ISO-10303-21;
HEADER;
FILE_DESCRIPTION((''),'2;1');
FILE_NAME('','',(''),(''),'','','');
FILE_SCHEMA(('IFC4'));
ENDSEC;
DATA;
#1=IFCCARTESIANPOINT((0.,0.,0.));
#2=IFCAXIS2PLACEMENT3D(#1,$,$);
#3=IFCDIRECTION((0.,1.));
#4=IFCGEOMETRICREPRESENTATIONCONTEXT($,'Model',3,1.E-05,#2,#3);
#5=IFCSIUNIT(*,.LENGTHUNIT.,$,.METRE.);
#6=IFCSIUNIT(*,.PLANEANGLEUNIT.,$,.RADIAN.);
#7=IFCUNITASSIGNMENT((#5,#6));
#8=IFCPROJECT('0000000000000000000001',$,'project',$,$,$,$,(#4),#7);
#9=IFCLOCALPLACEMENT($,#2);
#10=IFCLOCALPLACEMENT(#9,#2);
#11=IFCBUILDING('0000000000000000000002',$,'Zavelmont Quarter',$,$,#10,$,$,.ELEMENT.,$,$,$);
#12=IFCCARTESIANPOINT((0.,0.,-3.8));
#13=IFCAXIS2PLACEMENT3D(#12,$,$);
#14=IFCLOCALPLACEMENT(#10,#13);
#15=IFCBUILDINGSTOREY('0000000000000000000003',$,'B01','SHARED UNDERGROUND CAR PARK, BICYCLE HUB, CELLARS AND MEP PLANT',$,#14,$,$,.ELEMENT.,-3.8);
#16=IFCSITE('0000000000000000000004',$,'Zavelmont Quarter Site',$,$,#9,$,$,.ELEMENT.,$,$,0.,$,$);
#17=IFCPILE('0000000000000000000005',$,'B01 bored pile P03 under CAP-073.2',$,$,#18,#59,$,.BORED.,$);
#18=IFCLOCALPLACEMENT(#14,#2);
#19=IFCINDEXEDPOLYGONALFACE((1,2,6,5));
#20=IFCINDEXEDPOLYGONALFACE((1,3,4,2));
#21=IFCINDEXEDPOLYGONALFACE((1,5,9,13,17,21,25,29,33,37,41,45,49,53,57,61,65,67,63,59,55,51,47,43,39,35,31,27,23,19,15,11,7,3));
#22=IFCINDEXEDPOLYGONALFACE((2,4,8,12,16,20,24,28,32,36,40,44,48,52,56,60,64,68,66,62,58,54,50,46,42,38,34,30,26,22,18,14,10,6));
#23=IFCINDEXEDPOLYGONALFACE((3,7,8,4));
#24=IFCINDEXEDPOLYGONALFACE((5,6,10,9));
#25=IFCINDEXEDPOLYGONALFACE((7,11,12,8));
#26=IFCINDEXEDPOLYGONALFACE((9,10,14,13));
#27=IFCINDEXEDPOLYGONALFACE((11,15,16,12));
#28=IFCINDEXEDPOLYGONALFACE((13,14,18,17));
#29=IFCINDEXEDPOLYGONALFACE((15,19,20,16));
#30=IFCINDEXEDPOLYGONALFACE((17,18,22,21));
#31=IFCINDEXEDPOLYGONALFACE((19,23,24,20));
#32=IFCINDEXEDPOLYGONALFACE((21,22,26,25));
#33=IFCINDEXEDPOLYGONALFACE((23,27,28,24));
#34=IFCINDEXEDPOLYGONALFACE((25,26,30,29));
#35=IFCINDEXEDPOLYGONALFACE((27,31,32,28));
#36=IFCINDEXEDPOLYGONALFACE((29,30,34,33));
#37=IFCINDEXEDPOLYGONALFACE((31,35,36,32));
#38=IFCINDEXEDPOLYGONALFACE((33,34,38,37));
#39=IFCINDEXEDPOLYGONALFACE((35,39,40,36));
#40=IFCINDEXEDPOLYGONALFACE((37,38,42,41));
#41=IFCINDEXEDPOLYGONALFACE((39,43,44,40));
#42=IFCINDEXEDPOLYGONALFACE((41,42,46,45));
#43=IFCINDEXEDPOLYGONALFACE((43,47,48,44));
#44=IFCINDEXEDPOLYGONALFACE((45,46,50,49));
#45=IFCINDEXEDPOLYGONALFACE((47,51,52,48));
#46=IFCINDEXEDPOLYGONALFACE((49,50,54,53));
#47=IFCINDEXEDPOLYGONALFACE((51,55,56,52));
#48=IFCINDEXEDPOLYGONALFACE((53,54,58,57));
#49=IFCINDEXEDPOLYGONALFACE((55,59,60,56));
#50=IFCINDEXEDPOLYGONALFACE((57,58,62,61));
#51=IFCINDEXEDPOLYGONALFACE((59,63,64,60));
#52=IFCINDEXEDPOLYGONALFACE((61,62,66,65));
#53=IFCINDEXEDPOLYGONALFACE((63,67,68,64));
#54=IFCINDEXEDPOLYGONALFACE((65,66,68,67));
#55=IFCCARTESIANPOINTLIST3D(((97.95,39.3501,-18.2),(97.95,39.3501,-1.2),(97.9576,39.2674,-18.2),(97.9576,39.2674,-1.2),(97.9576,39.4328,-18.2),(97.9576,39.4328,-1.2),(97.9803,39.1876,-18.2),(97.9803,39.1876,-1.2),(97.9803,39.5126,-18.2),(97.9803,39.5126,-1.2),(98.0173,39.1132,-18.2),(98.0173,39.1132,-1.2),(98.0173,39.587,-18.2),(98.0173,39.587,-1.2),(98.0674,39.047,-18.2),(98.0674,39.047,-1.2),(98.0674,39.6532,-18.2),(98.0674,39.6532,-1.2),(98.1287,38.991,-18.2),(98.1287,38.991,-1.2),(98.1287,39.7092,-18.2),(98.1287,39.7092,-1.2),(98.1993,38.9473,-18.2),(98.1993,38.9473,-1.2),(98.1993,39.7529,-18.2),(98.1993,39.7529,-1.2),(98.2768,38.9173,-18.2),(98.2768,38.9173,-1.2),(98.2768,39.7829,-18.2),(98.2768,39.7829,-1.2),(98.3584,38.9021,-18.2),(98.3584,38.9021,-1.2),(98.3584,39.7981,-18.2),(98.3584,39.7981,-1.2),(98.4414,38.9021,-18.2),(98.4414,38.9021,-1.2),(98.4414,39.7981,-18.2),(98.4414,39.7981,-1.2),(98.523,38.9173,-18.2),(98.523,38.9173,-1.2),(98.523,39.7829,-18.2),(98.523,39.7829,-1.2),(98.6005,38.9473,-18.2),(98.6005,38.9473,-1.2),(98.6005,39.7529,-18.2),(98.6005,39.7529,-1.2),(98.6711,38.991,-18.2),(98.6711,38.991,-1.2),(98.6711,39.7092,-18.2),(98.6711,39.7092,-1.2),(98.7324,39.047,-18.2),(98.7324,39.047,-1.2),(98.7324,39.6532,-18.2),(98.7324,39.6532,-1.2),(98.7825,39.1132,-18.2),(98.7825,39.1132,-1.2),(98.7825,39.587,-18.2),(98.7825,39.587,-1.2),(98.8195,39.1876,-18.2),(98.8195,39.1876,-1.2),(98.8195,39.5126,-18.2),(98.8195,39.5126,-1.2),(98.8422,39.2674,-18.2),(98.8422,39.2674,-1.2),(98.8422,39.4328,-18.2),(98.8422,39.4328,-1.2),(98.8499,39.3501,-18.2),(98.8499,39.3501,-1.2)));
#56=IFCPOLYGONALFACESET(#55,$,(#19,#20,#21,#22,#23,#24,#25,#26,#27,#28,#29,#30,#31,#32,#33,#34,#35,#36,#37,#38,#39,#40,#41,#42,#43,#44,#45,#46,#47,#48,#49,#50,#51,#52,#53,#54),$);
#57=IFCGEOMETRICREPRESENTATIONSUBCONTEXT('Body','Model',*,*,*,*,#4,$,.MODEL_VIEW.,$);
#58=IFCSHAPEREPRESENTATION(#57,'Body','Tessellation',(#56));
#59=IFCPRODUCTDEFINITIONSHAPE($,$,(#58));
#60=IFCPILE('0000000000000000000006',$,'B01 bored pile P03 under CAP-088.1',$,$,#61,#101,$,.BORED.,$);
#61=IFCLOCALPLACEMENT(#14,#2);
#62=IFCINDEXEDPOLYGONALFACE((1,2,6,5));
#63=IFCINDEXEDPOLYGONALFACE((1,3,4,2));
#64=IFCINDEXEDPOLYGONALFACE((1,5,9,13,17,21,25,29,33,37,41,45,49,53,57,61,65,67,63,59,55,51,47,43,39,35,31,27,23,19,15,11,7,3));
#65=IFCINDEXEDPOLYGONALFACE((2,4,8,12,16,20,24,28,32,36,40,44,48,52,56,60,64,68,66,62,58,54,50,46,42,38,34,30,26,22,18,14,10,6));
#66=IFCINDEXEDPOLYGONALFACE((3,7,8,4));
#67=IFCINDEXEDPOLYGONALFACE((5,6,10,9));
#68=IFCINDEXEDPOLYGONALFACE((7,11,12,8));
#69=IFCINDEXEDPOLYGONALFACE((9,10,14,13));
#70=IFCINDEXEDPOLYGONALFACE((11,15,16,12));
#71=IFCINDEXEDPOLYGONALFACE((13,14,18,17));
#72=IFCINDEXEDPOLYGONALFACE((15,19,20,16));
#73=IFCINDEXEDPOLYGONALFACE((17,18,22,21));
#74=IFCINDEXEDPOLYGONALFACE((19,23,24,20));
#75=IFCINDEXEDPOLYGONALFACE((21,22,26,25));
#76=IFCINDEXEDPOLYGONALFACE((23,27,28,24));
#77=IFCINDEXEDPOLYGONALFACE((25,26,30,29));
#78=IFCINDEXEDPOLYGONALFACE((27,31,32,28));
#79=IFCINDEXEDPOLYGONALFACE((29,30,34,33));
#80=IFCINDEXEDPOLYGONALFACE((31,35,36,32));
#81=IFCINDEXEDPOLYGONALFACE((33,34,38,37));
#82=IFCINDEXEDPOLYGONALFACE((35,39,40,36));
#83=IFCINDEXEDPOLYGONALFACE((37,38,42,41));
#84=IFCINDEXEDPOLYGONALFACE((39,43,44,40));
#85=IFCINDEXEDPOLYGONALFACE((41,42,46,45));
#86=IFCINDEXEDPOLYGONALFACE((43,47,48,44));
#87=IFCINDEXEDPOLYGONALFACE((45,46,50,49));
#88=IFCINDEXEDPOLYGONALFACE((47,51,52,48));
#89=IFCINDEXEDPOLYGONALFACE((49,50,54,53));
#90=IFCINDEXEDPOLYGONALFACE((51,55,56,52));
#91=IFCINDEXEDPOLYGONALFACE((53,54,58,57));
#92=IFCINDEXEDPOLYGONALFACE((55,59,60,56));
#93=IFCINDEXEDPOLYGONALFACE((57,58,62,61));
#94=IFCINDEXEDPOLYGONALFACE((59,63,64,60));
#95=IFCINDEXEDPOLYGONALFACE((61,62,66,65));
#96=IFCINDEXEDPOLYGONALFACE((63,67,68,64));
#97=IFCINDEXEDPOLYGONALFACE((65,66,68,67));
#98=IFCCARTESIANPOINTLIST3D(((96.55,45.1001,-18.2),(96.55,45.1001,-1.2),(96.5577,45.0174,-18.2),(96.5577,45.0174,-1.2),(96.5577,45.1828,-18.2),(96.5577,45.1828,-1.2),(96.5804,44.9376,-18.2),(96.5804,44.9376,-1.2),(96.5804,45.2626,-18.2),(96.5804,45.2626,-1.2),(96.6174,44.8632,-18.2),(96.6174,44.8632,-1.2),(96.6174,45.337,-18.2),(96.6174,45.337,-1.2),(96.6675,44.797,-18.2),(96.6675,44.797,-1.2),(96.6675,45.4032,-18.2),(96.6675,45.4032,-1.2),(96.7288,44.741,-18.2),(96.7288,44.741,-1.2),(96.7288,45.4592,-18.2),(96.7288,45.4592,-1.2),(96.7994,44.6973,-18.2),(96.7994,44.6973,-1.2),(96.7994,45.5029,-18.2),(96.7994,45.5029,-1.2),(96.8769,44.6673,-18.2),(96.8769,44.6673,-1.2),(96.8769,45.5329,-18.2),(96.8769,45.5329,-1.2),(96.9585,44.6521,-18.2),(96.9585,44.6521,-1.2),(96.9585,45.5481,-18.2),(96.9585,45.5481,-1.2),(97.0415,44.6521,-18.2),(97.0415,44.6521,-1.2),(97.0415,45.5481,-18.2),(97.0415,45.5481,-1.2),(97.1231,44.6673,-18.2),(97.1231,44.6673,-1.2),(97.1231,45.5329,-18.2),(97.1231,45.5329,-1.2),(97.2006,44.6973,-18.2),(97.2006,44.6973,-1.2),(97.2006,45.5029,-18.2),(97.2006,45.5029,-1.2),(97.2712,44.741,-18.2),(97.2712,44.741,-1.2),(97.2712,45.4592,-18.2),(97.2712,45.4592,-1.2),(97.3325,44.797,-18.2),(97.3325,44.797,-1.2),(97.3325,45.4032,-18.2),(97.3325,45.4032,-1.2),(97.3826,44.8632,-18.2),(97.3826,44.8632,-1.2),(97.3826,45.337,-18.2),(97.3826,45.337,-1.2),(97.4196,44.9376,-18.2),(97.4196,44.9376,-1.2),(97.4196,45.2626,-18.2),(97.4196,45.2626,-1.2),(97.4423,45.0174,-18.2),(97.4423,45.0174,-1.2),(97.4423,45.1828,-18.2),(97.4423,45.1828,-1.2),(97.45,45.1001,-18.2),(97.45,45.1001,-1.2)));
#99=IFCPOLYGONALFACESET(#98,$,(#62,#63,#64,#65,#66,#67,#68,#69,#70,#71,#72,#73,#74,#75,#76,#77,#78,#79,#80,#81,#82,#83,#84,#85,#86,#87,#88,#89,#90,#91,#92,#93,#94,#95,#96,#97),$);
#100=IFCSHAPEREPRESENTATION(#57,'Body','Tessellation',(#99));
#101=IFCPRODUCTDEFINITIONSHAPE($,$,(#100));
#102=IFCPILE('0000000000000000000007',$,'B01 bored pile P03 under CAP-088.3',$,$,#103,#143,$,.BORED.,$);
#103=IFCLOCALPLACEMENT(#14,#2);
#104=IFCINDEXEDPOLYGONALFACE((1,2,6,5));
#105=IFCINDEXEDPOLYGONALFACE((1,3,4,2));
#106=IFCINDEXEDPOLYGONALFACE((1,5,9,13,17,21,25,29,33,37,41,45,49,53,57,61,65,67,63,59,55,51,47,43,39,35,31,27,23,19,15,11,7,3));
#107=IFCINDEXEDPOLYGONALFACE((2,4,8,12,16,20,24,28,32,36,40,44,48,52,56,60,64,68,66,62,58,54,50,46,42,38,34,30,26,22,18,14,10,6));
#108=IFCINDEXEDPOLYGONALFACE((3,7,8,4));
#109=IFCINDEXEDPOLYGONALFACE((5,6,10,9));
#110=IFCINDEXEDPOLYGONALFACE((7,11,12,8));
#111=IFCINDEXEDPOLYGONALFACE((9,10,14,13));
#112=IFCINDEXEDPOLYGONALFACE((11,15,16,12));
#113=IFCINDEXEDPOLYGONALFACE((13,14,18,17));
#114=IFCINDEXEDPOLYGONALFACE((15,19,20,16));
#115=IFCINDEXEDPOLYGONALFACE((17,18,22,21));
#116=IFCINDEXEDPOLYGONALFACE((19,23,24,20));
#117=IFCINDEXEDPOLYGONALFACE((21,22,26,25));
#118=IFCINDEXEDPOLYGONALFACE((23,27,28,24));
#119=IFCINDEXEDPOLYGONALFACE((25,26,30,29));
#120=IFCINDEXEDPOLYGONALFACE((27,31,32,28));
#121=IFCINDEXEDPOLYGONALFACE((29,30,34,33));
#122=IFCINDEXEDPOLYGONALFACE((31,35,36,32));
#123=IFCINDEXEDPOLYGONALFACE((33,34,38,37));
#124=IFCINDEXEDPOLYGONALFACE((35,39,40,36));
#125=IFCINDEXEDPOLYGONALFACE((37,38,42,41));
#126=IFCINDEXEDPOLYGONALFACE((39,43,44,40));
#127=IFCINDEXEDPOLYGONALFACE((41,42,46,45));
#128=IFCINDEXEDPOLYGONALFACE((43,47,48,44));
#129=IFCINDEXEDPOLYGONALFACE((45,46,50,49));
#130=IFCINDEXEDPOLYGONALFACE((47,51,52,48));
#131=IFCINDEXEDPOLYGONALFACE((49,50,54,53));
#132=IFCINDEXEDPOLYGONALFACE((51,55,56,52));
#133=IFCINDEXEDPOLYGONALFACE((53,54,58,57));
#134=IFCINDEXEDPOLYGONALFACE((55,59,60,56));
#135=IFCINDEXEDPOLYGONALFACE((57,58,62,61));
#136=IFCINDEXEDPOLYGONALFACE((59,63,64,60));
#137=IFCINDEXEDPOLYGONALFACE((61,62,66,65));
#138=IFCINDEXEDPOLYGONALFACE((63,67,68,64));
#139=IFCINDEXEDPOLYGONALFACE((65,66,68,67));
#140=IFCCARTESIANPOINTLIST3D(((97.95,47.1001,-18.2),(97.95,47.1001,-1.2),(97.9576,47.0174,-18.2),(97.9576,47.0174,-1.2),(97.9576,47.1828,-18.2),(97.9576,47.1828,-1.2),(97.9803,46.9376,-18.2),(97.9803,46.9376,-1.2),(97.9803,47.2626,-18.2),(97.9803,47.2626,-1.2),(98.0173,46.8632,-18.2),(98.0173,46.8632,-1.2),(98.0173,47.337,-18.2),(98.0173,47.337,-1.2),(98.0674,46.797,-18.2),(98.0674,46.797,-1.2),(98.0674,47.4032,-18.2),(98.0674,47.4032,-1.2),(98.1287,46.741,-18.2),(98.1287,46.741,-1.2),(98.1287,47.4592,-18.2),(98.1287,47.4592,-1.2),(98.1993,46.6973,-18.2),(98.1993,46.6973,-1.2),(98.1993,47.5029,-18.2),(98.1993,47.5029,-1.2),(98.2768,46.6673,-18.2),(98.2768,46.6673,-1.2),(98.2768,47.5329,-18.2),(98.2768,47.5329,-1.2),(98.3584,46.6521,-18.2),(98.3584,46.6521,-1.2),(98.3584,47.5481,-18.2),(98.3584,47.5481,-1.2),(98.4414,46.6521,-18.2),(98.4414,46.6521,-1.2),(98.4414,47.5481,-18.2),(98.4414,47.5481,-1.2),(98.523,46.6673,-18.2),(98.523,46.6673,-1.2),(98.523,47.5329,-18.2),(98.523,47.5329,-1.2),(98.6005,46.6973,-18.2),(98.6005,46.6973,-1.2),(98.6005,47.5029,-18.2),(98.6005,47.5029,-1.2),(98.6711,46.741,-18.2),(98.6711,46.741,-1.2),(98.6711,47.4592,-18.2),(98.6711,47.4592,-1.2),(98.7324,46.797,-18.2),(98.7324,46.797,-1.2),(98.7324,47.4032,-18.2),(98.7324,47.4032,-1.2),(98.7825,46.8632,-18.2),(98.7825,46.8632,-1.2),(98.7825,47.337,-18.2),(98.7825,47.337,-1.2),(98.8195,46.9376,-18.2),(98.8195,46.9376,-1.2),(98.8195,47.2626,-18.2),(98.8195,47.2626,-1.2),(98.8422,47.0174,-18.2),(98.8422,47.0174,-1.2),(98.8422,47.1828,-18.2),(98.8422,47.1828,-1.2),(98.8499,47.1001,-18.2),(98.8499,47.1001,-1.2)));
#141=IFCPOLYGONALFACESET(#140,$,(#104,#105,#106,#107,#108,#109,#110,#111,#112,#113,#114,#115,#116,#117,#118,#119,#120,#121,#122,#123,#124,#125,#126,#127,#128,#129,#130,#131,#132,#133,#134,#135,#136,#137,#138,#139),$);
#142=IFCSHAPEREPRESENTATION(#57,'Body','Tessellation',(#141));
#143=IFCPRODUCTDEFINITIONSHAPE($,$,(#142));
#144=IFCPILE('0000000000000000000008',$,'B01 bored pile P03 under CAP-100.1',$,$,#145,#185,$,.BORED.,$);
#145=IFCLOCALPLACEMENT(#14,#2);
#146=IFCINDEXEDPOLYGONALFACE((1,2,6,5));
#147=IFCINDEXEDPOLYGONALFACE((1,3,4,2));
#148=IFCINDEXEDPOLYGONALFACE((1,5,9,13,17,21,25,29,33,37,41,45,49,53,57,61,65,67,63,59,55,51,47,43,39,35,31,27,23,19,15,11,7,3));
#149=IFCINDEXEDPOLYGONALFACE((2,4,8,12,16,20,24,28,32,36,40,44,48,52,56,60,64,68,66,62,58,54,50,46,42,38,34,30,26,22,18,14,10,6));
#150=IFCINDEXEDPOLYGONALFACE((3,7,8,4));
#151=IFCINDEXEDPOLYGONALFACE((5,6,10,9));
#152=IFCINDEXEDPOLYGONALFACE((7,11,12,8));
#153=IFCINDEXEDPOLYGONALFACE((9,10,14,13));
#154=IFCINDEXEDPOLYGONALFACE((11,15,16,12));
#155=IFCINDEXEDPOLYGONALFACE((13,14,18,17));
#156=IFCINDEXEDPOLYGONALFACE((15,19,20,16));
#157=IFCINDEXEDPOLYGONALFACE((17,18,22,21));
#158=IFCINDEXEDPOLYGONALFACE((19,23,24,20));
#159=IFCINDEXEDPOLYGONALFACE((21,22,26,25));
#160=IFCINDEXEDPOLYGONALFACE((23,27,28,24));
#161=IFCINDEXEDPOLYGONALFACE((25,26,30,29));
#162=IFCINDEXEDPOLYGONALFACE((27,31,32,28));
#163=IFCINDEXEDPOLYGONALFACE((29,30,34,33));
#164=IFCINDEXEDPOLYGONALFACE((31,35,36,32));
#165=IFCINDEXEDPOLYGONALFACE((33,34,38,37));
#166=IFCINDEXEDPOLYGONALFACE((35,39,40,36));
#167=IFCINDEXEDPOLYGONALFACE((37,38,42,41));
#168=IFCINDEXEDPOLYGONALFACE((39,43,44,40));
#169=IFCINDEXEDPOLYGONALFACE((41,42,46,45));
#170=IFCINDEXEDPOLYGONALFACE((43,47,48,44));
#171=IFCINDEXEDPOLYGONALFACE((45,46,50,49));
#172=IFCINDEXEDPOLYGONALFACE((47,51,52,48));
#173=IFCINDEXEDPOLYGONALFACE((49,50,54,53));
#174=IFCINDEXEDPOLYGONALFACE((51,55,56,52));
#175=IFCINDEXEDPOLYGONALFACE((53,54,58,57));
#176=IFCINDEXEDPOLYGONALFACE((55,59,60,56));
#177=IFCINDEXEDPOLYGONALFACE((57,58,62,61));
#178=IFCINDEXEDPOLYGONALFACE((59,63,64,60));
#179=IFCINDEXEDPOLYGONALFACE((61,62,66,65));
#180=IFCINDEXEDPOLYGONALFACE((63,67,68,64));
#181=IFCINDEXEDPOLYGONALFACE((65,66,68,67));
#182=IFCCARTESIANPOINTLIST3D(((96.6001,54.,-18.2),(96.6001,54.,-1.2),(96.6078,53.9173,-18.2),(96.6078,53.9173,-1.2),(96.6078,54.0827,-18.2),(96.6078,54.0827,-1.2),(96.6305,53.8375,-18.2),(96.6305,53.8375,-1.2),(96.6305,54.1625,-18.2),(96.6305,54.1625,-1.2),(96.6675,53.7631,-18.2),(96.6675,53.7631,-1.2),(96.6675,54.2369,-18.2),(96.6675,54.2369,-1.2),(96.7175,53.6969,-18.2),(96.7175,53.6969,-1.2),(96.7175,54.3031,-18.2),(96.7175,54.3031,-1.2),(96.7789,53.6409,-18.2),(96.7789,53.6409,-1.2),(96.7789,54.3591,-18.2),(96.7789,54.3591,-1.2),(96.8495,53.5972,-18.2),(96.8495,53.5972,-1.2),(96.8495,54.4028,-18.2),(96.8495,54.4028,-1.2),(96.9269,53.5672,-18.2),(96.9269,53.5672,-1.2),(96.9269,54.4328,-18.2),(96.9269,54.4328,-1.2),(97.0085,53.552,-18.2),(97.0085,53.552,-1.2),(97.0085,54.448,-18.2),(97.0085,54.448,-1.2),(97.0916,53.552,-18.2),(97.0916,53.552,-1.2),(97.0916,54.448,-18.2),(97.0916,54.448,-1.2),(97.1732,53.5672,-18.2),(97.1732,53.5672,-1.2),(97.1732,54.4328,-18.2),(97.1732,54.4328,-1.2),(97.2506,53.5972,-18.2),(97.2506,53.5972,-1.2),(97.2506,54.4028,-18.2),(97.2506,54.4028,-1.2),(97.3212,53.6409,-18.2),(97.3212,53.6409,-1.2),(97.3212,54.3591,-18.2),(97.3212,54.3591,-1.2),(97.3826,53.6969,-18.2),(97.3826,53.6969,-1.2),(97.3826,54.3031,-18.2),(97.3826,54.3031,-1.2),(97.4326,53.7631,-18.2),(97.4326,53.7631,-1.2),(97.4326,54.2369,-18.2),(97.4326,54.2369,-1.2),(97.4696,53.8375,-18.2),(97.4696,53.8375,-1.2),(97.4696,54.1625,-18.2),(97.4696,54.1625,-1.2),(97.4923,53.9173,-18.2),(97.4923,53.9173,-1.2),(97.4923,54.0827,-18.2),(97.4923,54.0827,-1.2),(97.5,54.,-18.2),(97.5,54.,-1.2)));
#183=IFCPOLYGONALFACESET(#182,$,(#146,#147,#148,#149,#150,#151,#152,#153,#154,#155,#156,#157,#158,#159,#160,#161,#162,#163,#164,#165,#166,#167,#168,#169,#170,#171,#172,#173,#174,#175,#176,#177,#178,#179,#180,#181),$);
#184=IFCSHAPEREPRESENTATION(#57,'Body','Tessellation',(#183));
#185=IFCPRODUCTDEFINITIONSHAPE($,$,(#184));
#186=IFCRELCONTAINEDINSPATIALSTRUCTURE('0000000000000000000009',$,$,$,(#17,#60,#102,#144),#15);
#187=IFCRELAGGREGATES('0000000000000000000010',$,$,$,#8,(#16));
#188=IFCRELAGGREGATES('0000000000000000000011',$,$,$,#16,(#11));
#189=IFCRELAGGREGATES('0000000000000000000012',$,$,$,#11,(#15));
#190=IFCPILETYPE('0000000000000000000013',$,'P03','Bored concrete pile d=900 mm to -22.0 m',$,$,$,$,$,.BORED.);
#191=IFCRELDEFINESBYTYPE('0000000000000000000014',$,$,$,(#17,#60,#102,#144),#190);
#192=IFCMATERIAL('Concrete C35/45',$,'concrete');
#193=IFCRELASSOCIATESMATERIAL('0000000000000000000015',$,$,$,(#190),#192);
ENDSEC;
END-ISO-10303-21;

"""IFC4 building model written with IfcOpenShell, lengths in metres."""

from ifc_helpers import new_model, si_unit, direction, frame, origin, origin_2d, place, context, subcontext, project, spatial, circle, extrude, material, material_profile, profile_set, type_object, element, save


model = new_model("IFC4")

# Units and contexts
model_context = context("Model", 3, precision=1e-05, world=origin(), true_north=direction((0.0, 1.0)))
body_context = subcontext(model_context, "Body", "Model", "MODEL_VIEW")
ifc_project = project(units=[si_unit("LENGTHUNIT", "METRE"), si_unit("PLANEANGLEUNIT", "RADIAN")], contexts=[model_context])

# Site, building, storey
site_placement = place(None, origin())
site = spatial("IfcSite", under=ifc_project, at=site_placement, Name="Zavelmont Quarter Site", CompositionType="ELEMENT", RefElevation=0.0)
building_placement = place(site_placement, origin())
building = spatial("IfcBuilding", under=site, at=building_placement, Name="Zavelmont Quarter", CompositionType="ELEMENT")
storey_placement = place(building_placement, frame((0.0, 0.0, -3.8)))
storey = spatial("IfcBuildingStorey", under=building, at=storey_placement, Name="B01", Description="SHARED UNDERGROUND CAR PARK, BICYCLE HUB, CELLARS AND MEP PLANT", CompositionType="ELEMENT", Elevation=-3.8)

# Shared definitions
ifc_material_1 = material(Name="Concrete C35/45", Category="concrete")

# Piles
ifc_material_profile_1 = material_profile(ifc_material_1, circle(Radius=0.45, at=origin_2d()), Name="BP900")
ifc_profile_set_1 = profile_set([ifc_material_profile_1], Name="Concrete C35/45")
pile_type_1 = type_object("IfcPileType", Name="P03", Description="Bored concrete pile d=900 mm to -22.0 m", PredefinedType="BORED", material=ifc_profile_set_1)
for number, where, z_axis, x_axis, name in (
    (1, (98.3999, 39.3501, -1.2), (0.0, 0.0, -1.0), (1.0, 0.0, 0.0), "B01 bored pile P03 under CAP-073.2"),
    (2, (97.0, 45.1001, -1.2), (0.0, 0.0, -1.0), (1.0, 0.0, 0.0), "B01 bored pile P03 under CAP-088.1"),
    (3, (98.3999, 47.1001, -1.2), (0.0, 0.0, -1.0), (1.0, 0.0, 0.0), "B01 bored pile P03 under CAP-088.3"),
    (4, (97.05, 54.0, -1.2), (0.0, 0.0, -1.0), (1.0, 0.0, 0.0), "B01 bored pile P03 under CAP-100.1"),
):
    element("IfcPile", number, at=place(storey_placement, frame(where, z_axis=z_axis, x_axis=x_axis)), inside=storey, type_object=pile_type_1, Name=name, PredefinedType="BORED", context=body_context, shape_type="SweptSolid", body=[
        extrude(circle(Radius=0.45, at=origin_2d()), origin(), (0.0, 0.0, 1.0), 17.0),
    ])

save(model, "model.ifc")
